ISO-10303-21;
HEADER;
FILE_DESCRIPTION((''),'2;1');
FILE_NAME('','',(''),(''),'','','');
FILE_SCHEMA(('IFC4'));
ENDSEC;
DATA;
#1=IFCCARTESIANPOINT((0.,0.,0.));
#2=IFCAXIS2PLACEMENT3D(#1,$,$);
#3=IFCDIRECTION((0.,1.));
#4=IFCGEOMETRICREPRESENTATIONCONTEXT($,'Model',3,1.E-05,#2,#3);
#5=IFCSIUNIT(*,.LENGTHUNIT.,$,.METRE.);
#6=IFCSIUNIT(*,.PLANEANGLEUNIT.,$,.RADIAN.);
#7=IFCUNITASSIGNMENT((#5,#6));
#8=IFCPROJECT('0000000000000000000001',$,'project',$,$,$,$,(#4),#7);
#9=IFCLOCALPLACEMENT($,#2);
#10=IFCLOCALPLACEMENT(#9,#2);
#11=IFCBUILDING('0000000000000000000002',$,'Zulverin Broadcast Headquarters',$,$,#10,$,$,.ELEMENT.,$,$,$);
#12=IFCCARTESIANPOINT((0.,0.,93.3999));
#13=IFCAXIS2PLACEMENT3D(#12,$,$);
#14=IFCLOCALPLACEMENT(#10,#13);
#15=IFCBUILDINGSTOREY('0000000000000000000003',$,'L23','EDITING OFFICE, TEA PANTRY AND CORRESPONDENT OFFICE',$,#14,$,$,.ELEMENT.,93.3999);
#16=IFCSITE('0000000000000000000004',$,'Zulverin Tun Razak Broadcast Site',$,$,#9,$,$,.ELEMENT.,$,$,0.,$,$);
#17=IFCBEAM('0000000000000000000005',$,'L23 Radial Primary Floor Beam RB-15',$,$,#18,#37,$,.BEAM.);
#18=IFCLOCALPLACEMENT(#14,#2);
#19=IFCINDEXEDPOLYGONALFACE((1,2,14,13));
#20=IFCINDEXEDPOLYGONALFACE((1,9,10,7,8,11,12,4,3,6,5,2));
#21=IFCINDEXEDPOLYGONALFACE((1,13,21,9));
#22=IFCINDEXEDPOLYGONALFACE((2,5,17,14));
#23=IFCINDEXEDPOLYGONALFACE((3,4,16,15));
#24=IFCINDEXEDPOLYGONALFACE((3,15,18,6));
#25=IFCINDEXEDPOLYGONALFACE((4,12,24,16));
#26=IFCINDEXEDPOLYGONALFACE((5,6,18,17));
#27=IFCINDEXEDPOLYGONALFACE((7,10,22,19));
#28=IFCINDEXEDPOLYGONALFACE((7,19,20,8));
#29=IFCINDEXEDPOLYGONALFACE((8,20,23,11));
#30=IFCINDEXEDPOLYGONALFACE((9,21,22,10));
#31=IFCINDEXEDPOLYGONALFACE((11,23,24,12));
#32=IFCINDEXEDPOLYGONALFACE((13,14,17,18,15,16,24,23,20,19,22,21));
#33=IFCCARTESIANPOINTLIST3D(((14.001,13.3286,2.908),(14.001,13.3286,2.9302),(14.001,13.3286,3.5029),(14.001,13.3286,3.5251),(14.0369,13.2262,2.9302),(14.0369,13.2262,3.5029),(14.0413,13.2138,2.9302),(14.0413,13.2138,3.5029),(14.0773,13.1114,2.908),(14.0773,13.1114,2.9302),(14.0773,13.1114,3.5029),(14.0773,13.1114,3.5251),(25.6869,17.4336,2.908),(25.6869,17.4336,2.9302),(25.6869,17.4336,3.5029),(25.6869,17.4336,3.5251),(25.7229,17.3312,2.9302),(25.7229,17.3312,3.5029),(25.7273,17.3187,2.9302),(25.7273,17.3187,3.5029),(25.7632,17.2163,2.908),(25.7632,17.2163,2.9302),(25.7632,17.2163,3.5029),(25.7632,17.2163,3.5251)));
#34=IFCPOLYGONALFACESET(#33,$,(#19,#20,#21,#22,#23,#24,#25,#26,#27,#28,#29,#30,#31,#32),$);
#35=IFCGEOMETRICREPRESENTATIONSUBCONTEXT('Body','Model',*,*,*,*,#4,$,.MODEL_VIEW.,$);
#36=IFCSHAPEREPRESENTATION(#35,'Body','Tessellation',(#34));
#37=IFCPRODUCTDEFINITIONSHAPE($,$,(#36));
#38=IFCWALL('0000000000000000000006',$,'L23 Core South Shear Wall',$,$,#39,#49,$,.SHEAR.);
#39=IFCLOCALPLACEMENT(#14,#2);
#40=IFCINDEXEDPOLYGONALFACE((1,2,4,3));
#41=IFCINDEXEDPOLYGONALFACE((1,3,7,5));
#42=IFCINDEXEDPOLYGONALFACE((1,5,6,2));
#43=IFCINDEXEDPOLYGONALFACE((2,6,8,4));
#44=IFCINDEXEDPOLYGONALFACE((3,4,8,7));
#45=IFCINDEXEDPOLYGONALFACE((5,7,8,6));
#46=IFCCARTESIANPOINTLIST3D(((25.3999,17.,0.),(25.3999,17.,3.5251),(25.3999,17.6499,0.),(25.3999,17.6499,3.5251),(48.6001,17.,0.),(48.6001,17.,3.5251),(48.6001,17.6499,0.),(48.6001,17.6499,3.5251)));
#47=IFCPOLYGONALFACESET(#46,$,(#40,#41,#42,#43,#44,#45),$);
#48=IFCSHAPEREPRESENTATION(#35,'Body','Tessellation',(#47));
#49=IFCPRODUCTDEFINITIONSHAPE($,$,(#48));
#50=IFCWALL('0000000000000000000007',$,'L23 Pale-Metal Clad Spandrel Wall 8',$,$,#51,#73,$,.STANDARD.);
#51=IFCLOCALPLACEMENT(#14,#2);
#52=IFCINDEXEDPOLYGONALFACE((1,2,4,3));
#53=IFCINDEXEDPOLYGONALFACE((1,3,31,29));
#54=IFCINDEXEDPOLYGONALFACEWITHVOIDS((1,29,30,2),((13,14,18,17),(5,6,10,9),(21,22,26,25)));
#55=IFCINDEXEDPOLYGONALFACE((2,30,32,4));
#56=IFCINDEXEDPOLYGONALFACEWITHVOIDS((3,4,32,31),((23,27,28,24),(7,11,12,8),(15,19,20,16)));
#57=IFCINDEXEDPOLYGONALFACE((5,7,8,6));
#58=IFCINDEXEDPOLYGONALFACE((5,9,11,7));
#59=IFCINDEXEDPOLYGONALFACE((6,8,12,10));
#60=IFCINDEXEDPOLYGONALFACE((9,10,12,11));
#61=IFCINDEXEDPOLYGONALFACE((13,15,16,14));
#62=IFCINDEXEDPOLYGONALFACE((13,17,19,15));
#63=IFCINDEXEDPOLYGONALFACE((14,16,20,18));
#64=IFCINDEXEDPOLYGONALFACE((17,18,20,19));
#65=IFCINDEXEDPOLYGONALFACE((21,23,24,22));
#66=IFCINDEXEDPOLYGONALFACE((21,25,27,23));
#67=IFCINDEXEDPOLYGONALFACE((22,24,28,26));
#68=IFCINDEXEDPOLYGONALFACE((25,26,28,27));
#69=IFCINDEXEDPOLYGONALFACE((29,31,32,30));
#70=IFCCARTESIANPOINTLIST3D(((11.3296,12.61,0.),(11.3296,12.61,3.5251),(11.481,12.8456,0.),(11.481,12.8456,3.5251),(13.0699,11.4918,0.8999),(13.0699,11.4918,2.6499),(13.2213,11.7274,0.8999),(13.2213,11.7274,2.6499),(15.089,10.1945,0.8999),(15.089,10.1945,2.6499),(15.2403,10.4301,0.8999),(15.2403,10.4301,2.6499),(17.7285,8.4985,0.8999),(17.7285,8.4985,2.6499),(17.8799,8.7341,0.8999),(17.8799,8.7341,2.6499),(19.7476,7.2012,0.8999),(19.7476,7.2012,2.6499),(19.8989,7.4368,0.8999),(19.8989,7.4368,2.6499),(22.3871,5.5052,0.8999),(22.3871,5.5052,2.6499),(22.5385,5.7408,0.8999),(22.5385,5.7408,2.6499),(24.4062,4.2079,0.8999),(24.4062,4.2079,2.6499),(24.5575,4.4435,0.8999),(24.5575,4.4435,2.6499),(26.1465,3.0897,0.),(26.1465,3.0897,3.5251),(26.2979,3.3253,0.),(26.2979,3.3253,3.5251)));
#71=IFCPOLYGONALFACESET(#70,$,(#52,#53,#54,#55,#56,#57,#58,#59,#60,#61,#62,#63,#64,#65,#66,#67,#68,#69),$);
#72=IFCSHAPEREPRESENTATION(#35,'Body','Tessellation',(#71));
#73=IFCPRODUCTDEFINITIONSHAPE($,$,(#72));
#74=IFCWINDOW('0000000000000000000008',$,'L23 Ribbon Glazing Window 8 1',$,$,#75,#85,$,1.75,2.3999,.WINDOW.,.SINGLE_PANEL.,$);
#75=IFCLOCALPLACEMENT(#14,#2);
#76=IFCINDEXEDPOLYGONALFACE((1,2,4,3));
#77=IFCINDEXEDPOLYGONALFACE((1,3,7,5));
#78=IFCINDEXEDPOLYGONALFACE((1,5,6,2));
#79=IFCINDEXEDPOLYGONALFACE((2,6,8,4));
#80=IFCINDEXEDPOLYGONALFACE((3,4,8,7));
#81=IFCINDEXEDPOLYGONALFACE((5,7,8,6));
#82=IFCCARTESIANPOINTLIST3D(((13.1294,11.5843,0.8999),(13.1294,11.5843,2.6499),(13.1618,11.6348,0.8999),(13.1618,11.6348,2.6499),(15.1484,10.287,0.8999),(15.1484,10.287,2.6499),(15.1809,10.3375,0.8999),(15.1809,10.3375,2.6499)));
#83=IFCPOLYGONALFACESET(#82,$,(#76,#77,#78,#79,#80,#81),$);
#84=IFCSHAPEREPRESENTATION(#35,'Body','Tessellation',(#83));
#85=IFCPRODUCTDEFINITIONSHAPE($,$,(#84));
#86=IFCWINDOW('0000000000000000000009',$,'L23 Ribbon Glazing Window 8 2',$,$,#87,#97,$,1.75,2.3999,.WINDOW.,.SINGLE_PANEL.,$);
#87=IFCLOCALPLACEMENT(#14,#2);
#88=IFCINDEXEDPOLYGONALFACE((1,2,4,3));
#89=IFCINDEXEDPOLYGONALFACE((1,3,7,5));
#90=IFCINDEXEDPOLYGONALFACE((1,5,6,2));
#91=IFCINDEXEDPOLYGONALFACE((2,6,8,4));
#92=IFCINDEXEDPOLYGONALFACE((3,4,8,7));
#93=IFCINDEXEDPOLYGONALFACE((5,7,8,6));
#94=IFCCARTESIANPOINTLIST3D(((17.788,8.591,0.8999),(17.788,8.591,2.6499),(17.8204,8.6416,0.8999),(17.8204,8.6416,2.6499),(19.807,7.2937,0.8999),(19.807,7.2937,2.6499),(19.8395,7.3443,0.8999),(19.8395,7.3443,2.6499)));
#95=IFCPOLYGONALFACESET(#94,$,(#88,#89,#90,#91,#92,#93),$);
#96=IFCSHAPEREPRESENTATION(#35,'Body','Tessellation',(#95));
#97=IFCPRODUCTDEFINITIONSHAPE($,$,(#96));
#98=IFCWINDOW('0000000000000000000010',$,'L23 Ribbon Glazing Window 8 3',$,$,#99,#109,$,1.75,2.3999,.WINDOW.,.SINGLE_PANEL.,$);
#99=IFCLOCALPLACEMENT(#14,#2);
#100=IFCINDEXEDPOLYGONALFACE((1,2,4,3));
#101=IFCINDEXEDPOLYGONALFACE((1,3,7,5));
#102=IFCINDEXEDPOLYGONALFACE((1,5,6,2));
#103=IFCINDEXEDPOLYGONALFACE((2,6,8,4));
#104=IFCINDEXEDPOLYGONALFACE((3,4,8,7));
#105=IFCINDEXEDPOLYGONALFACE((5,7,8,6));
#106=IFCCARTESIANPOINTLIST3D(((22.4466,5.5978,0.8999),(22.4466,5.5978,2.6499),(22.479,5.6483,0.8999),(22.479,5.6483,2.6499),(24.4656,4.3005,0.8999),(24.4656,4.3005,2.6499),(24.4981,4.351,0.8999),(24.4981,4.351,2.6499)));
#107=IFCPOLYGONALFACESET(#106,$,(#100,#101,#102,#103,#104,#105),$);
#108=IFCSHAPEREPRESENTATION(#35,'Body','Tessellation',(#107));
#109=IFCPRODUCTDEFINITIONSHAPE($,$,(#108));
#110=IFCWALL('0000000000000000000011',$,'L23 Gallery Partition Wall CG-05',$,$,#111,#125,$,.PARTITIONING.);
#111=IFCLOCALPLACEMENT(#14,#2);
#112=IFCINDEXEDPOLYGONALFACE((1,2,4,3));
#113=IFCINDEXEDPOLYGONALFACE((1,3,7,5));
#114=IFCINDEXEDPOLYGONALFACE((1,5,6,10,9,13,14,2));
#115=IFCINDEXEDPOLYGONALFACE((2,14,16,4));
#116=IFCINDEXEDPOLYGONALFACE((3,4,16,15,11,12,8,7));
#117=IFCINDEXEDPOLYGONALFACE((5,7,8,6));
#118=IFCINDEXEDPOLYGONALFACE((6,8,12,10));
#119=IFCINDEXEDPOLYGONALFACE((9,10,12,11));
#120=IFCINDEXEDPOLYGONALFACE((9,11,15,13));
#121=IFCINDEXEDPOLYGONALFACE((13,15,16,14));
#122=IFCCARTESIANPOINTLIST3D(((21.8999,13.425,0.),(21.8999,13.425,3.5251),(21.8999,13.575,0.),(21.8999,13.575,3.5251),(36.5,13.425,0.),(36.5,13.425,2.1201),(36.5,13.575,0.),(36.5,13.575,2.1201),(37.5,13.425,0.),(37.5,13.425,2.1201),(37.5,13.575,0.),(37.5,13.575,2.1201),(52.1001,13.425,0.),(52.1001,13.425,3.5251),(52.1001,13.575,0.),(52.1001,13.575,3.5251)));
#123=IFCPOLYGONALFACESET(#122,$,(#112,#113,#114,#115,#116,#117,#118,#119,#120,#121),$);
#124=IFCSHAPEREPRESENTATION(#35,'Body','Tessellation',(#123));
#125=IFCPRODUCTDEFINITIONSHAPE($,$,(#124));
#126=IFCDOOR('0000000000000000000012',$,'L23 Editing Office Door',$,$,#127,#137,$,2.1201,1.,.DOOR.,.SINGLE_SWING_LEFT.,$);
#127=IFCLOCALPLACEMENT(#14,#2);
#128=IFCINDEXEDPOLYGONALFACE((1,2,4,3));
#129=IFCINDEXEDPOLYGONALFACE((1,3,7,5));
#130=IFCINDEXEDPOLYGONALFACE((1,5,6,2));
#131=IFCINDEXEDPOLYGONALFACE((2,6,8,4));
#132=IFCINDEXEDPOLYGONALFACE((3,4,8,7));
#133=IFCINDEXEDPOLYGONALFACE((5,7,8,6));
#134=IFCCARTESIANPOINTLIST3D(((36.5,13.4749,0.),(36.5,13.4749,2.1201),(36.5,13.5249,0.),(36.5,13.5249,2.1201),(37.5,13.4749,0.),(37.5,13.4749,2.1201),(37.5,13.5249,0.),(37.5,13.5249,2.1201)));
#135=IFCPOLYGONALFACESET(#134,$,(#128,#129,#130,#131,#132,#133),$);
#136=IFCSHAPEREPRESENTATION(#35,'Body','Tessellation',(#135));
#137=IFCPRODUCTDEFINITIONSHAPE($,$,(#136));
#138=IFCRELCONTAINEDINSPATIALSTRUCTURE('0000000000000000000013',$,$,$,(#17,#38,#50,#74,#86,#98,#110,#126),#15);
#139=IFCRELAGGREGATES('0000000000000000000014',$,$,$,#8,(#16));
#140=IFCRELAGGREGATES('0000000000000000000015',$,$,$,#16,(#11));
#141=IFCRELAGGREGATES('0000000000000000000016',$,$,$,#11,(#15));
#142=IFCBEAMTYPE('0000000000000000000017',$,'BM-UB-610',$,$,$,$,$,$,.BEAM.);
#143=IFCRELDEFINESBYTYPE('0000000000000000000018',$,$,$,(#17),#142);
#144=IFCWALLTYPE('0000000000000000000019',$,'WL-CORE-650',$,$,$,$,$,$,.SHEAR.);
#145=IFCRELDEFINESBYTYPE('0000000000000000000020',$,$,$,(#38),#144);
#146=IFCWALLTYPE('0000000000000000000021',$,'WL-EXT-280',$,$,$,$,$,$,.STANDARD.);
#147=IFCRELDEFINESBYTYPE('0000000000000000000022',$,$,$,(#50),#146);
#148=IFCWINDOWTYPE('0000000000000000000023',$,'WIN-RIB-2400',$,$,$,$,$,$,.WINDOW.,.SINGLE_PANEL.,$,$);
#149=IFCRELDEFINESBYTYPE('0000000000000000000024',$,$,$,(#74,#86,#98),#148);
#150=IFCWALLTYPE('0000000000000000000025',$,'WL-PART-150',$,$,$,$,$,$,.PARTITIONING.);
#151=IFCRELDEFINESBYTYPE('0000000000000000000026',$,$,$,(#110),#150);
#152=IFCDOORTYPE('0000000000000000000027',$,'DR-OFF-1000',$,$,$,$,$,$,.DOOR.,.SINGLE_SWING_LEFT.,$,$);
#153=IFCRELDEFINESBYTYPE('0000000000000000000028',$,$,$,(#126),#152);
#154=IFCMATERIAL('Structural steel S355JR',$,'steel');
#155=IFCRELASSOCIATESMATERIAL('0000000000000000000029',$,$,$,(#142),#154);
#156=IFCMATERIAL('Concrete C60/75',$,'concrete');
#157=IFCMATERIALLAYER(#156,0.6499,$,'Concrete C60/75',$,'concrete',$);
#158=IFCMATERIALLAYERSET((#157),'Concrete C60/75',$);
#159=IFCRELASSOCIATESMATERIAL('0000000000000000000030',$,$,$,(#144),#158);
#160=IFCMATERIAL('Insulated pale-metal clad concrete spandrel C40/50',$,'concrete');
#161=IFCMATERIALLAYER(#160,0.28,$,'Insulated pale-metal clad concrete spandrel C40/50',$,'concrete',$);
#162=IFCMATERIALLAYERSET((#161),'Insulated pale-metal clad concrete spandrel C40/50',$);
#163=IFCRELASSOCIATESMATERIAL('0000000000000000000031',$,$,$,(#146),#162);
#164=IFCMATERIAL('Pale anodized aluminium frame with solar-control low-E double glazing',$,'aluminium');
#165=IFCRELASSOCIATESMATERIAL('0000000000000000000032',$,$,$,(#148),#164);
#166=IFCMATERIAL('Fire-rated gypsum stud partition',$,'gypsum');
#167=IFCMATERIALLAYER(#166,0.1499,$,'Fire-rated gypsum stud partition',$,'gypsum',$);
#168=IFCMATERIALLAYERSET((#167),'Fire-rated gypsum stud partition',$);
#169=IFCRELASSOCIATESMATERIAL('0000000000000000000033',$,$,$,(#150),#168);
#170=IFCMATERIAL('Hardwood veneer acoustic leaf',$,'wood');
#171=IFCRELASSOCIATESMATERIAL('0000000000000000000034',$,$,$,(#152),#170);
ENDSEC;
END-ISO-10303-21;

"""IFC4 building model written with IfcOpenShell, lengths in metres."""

from ifc_helpers import new_model, si_unit, direction, frame, frame_2d, origin, origin_2d, place, context, subcontext, project, spatial, rectangle, i_section, extrude, material, layer, layer_set, material_profile, profile_set, type_object, element, fill, save


model = new_model("IFC4")

# Units and contexts
model_context = context("Model", 3, precision=1e-05, world=origin(), true_north=direction((0.0, 1.0)))
body_context = subcontext(model_context, "Body", "Model", "MODEL_VIEW")
ifc_project = project(units=[si_unit("LENGTHUNIT", "METRE"), si_unit("PLANEANGLEUNIT", "RADIAN")], contexts=[model_context])

# Site, building, storey
site_placement = place(None, origin())
site = spatial("IfcSite", under=ifc_project, at=site_placement, Name="Zulverin Tun Razak Broadcast Site", CompositionType="ELEMENT", RefElevation=0.0)
building_placement = place(site_placement, origin())
building = spatial("IfcBuilding", under=site, at=building_placement, Name="Zulverin Broadcast Headquarters", CompositionType="ELEMENT")
storey_placement = place(building_placement, frame((0.0, 0.0, 93.3999)))
storey = spatial("IfcBuildingStorey", under=building, at=storey_placement, Name="L23", Description="EDITING OFFICE, TEA PANTRY AND CORRESPONDENT OFFICE", CompositionType="ELEMENT", Elevation=93.3999)

# Shared definitions
ifc_material_1 = material(Name="Concrete C60/75", Category="concrete")

# Beam
ifc_material_2 = material(Name="Structural steel S355JR", Category="steel")
ifc_material_profile_1 = material_profile(ifc_material_2, i_section(OverallWidth=0.2302, OverallDepth=0.6172, WebThickness=0.0132, FlangeThickness=0.0222, at=origin_2d()), Name="Structural steel S355JR", Category="steel")
ifc_profile_set_1 = profile_set([ifc_material_profile_1], Name="Structural steel S355JR")
beam_type_1 = type_object("IfcBeamType", Name="BM-UB-610", PredefinedType="BEAM", material=ifc_profile_set_1)
beam_1_placement = place(storey_placement, frame((25.7251, 17.325, 3.2166), z_axis=(-0.943483, -0.33142, 0.0), x_axis=(0.33142, -0.943483, 0.0)))
element("IfcBeam", 1, at=beam_1_placement, inside=storey, type_object=beam_type_1, Name="L23 Radial Primary Floor Beam RB-15", PredefinedType="BEAM", context=body_context, shape_type="SweptSolid", body=[
    extrude(i_section(OverallWidth=0.2302, OverallDepth=0.6172, WebThickness=0.0132, FlangeThickness=0.0222, at=origin_2d()), origin(), (0.0, 0.0, 1.0), 12.386),
])

# Wall
ifc_layer_1 = layer(ifc_material_1, 0.6499, Name="Concrete C60/75", Category="concrete")
ifc_layer_set_1 = layer_set([ifc_layer_1], Name="Concrete C60/75")
wall_type_1 = type_object("IfcWallType", Name="WL-CORE-650", PredefinedType="SHEAR", material=ifc_layer_set_1)
wall_1_placement = place(storey_placement, frame((25.3999, 17.325, 0.0), z_axis=(0.0, 0.0, 1.0), x_axis=(1.0, 0.0, 0.0)))
element("IfcWall", 2, at=wall_1_placement, inside=storey, type_object=wall_type_1, Name="L23 Core South Shear Wall", PredefinedType="SHEAR", context=body_context, shape_type="SweptSolid", body=[
    extrude(rectangle(XDim=23.2002, YDim=0.6499, at=frame_2d((11.6001, 0.0))), origin(), (0.0, 0.0, 1.0), 3.5251),
])

# Wall, openings, windows
ifc_material_3 = material(Name="Insulated pale-metal clad concrete spandrel C40/50", Category="concrete")
ifc_layer_2 = layer(ifc_material_3, 0.28, Name="Insulated pale-metal clad concrete spandrel C40/50", Category="concrete")
ifc_layer_set_2 = layer_set([ifc_layer_2], Name="Insulated pale-metal clad concrete spandrel C40/50")
wall_type_2 = type_object("IfcWallType", Name="WL-EXT-280", PredefinedType="STANDARD", material=ifc_layer_set_2)
wall_2_placement = place(storey_placement, frame((11.4053, 12.7278, 0.0), z_axis=(0.0, 0.0, 1.0), x_axis=(0.841305, -0.540561, 0.0)))
wall_2 = element("IfcWall", 3, at=wall_2_placement, inside=storey, type_object=wall_type_2, Name="L23 Pale-Metal Clad Spandrel Wall 8", PredefinedType="STANDARD", context=body_context, shape_type="SweptSolid", body=[
    extrude(rectangle(XDim=17.6118, YDim=0.28, at=frame_2d((8.8059, 0.0))), origin(), (0.0, 0.0, 1.0), 3.5251),
])
opening_1_placement = place(wall_2_placement, frame((2.0686, 0.0, 0.8999)))
opening_1 = element("IfcOpeningElement", 4, at=opening_1_placement, cuts=wall_2, PredefinedType="OPENING", context=body_context, shape_type="SweptSolid", body=[
    extrude(rectangle(XDim=2.3999, YDim=1.75, at=frame_2d((1.2, 0.875))), frame((0.0, 0.1499, 0.0), z_axis=(0.0, -1.0, 0.0), x_axis=(1.0, 0.0, 0.0)), (0.0, 0.0, 1.0), 0.3),
])
opening_2_placement = place(wall_2_placement, frame((7.606, 0.0, 0.8999)))
opening_2 = element("IfcOpeningElement", 5, at=opening_2_placement, cuts=wall_2, PredefinedType="OPENING", context=body_context, shape_type="SweptSolid", body=[
    extrude(rectangle(XDim=2.3999, YDim=1.75, at=frame_2d((1.2, 0.875))), frame((0.0, 0.1499, 0.0), z_axis=(0.0, -1.0, 0.0), x_axis=(1.0, 0.0, 0.0)), (0.0, 0.0, 1.0), 0.3),
])
opening_3_placement = place(wall_2_placement, frame((13.1433, 0.0, 0.8999)))
opening_3 = element("IfcOpeningElement", 6, at=opening_3_placement, cuts=wall_2, PredefinedType="OPENING", context=body_context, shape_type="SweptSolid", body=[
    extrude(rectangle(XDim=2.3999, YDim=1.75, at=frame_2d((1.2, 0.875))), frame((0.0, 0.1499, 0.0), z_axis=(0.0, -1.0, 0.0), x_axis=(1.0, 0.0, 0.0)), (0.0, 0.0, 1.0), 0.3),
])
ifc_material_4 = material(Name="Pale anodized aluminium frame with solar-control low-E double glazing", Category="aluminium")
window_type = type_object("IfcWindowType", Name="WIN-RIB-2400", PartitioningType="SINGLE_PANEL", PredefinedType="WINDOW", material=ifc_material_4)
window_1_placement = place(opening_1_placement, origin())
window_1 = element("IfcWindow", 7, at=window_1_placement, inside=storey, type_object=window_type, Name="L23 Ribbon Glazing Window 8 1", OverallHeight=1.75, OverallWidth=2.3999, PartitioningType="SINGLE_PANEL", PredefinedType="WINDOW", context=body_context, shape_type="SweptSolid", body=[
    extrude(rectangle(XDim=2.3999, YDim=1.75, at=frame_2d((1.2, 0.875))), frame((0.0, 0.03, 0.0), z_axis=(0.0, -1.0, 0.0), x_axis=(1.0, 0.0, 0.0)), (0.0, 0.0, 1.0), 0.0601),
])
fill(opening_1, window_1)
window_2_placement = place(opening_2_placement, origin())
window_2 = element("IfcWindow", 8, at=window_2_placement, inside=storey, type_object=window_type, Name="L23 Ribbon Glazing Window 8 2", OverallHeight=1.75, OverallWidth=2.3999, PartitioningType="SINGLE_PANEL", PredefinedType="WINDOW", context=body_context, shape_type="SweptSolid", body=[
    extrude(rectangle(XDim=2.3999, YDim=1.75, at=frame_2d((1.2, 0.875))), frame((0.0, 0.03, 0.0), z_axis=(0.0, -1.0, 0.0), x_axis=(1.0, 0.0, 0.0)), (0.0, 0.0, 1.0), 0.0601),
])
fill(opening_2, window_2)
window_3_placement = place(opening_3_placement, origin())
window_3 = element("IfcWindow", 9, at=window_3_placement, inside=storey, type_object=window_type, Name="L23 Ribbon Glazing Window 8 3", OverallHeight=1.75, OverallWidth=2.3999, PartitioningType="SINGLE_PANEL", PredefinedType="WINDOW", context=body_context, shape_type="SweptSolid", body=[
    extrude(rectangle(XDim=2.3999, YDim=1.75, at=frame_2d((1.2, 0.875))), frame((0.0, 0.03, 0.0), z_axis=(0.0, -1.0, 0.0), x_axis=(1.0, 0.0, 0.0)), (0.0, 0.0, 1.0), 0.0601),
])
fill(opening_3, window_3)

# Wall, opening, door
ifc_material_5 = material(Name="Fire-rated gypsum stud partition", Category="gypsum")
ifc_layer_3 = layer(ifc_material_5, 0.1499, Name="Fire-rated gypsum stud partition", Category="gypsum")
ifc_layer_set_3 = layer_set([ifc_layer_3], Name="Fire-rated gypsum stud partition")
wall_type_3 = type_object("IfcWallType", Name="WL-PART-150", PredefinedType="PARTITIONING", material=ifc_layer_set_3)
wall_3_placement = place(storey_placement, frame((21.8999, 13.5, 0.0), z_axis=(0.0, 0.0, 1.0), x_axis=(1.0, 0.0, 0.0)))
wall_3 = element("IfcWall", 10, at=wall_3_placement, inside=storey, type_object=wall_type_3, Name="L23 Gallery Partition Wall CG-05", PredefinedType="PARTITIONING", context=body_context, shape_type="SweptSolid", body=[
    extrude(rectangle(XDim=30.2002, YDim=0.1499, at=frame_2d((15.1001, 0.0))), origin(), (0.0, 0.0, 1.0), 3.5251),
])
opening_4_placement = place(wall_3_placement, frame((14.6001, 0.0, 0.0)))
opening_4 = element("IfcOpeningElement", 11, at=opening_4_placement, cuts=wall_3, PredefinedType="OPENING", context=body_context, shape_type="SweptSolid", body=[
    extrude(rectangle(XDim=1.0, YDim=2.1201, at=frame_2d((0.5, 1.0601))), frame((0.0, 0.085, 0.0), z_axis=(0.0, -1.0, 0.0), x_axis=(1.0, 0.0, 0.0)), (0.0, 0.0, 1.0), 0.1699),
])
ifc_material_6 = material(Name="Hardwood veneer acoustic leaf", Category="wood")
door_type_1 = type_object("IfcDoorType", Name="DR-OFF-1000", OperationType="SINGLE_SWING_LEFT", PredefinedType="DOOR", material=ifc_material_6)
door_1_placement = place(opening_4_placement, origin())
door_1 = element("IfcDoor", 12, at=door_1_placement, inside=storey, type_object=door_type_1, Name="L23 Editing Office Door", OperationType="SINGLE_SWING_LEFT", OverallHeight=2.1201, OverallWidth=1.0, PredefinedType="DOOR", context=body_context, shape_type="SweptSolid", body=[
    extrude(rectangle(XDim=1.0, YDim=2.1201, at=frame_2d((0.5, 1.0601))), frame((0.0, 0.0249, 0.0), z_axis=(0.0, -1.0, 0.0), x_axis=(1.0, 0.0, 0.0)), (0.0, 0.0, 1.0), 0.05),
])
fill(opening_4, door_1)

save(model, "model.ifc")
